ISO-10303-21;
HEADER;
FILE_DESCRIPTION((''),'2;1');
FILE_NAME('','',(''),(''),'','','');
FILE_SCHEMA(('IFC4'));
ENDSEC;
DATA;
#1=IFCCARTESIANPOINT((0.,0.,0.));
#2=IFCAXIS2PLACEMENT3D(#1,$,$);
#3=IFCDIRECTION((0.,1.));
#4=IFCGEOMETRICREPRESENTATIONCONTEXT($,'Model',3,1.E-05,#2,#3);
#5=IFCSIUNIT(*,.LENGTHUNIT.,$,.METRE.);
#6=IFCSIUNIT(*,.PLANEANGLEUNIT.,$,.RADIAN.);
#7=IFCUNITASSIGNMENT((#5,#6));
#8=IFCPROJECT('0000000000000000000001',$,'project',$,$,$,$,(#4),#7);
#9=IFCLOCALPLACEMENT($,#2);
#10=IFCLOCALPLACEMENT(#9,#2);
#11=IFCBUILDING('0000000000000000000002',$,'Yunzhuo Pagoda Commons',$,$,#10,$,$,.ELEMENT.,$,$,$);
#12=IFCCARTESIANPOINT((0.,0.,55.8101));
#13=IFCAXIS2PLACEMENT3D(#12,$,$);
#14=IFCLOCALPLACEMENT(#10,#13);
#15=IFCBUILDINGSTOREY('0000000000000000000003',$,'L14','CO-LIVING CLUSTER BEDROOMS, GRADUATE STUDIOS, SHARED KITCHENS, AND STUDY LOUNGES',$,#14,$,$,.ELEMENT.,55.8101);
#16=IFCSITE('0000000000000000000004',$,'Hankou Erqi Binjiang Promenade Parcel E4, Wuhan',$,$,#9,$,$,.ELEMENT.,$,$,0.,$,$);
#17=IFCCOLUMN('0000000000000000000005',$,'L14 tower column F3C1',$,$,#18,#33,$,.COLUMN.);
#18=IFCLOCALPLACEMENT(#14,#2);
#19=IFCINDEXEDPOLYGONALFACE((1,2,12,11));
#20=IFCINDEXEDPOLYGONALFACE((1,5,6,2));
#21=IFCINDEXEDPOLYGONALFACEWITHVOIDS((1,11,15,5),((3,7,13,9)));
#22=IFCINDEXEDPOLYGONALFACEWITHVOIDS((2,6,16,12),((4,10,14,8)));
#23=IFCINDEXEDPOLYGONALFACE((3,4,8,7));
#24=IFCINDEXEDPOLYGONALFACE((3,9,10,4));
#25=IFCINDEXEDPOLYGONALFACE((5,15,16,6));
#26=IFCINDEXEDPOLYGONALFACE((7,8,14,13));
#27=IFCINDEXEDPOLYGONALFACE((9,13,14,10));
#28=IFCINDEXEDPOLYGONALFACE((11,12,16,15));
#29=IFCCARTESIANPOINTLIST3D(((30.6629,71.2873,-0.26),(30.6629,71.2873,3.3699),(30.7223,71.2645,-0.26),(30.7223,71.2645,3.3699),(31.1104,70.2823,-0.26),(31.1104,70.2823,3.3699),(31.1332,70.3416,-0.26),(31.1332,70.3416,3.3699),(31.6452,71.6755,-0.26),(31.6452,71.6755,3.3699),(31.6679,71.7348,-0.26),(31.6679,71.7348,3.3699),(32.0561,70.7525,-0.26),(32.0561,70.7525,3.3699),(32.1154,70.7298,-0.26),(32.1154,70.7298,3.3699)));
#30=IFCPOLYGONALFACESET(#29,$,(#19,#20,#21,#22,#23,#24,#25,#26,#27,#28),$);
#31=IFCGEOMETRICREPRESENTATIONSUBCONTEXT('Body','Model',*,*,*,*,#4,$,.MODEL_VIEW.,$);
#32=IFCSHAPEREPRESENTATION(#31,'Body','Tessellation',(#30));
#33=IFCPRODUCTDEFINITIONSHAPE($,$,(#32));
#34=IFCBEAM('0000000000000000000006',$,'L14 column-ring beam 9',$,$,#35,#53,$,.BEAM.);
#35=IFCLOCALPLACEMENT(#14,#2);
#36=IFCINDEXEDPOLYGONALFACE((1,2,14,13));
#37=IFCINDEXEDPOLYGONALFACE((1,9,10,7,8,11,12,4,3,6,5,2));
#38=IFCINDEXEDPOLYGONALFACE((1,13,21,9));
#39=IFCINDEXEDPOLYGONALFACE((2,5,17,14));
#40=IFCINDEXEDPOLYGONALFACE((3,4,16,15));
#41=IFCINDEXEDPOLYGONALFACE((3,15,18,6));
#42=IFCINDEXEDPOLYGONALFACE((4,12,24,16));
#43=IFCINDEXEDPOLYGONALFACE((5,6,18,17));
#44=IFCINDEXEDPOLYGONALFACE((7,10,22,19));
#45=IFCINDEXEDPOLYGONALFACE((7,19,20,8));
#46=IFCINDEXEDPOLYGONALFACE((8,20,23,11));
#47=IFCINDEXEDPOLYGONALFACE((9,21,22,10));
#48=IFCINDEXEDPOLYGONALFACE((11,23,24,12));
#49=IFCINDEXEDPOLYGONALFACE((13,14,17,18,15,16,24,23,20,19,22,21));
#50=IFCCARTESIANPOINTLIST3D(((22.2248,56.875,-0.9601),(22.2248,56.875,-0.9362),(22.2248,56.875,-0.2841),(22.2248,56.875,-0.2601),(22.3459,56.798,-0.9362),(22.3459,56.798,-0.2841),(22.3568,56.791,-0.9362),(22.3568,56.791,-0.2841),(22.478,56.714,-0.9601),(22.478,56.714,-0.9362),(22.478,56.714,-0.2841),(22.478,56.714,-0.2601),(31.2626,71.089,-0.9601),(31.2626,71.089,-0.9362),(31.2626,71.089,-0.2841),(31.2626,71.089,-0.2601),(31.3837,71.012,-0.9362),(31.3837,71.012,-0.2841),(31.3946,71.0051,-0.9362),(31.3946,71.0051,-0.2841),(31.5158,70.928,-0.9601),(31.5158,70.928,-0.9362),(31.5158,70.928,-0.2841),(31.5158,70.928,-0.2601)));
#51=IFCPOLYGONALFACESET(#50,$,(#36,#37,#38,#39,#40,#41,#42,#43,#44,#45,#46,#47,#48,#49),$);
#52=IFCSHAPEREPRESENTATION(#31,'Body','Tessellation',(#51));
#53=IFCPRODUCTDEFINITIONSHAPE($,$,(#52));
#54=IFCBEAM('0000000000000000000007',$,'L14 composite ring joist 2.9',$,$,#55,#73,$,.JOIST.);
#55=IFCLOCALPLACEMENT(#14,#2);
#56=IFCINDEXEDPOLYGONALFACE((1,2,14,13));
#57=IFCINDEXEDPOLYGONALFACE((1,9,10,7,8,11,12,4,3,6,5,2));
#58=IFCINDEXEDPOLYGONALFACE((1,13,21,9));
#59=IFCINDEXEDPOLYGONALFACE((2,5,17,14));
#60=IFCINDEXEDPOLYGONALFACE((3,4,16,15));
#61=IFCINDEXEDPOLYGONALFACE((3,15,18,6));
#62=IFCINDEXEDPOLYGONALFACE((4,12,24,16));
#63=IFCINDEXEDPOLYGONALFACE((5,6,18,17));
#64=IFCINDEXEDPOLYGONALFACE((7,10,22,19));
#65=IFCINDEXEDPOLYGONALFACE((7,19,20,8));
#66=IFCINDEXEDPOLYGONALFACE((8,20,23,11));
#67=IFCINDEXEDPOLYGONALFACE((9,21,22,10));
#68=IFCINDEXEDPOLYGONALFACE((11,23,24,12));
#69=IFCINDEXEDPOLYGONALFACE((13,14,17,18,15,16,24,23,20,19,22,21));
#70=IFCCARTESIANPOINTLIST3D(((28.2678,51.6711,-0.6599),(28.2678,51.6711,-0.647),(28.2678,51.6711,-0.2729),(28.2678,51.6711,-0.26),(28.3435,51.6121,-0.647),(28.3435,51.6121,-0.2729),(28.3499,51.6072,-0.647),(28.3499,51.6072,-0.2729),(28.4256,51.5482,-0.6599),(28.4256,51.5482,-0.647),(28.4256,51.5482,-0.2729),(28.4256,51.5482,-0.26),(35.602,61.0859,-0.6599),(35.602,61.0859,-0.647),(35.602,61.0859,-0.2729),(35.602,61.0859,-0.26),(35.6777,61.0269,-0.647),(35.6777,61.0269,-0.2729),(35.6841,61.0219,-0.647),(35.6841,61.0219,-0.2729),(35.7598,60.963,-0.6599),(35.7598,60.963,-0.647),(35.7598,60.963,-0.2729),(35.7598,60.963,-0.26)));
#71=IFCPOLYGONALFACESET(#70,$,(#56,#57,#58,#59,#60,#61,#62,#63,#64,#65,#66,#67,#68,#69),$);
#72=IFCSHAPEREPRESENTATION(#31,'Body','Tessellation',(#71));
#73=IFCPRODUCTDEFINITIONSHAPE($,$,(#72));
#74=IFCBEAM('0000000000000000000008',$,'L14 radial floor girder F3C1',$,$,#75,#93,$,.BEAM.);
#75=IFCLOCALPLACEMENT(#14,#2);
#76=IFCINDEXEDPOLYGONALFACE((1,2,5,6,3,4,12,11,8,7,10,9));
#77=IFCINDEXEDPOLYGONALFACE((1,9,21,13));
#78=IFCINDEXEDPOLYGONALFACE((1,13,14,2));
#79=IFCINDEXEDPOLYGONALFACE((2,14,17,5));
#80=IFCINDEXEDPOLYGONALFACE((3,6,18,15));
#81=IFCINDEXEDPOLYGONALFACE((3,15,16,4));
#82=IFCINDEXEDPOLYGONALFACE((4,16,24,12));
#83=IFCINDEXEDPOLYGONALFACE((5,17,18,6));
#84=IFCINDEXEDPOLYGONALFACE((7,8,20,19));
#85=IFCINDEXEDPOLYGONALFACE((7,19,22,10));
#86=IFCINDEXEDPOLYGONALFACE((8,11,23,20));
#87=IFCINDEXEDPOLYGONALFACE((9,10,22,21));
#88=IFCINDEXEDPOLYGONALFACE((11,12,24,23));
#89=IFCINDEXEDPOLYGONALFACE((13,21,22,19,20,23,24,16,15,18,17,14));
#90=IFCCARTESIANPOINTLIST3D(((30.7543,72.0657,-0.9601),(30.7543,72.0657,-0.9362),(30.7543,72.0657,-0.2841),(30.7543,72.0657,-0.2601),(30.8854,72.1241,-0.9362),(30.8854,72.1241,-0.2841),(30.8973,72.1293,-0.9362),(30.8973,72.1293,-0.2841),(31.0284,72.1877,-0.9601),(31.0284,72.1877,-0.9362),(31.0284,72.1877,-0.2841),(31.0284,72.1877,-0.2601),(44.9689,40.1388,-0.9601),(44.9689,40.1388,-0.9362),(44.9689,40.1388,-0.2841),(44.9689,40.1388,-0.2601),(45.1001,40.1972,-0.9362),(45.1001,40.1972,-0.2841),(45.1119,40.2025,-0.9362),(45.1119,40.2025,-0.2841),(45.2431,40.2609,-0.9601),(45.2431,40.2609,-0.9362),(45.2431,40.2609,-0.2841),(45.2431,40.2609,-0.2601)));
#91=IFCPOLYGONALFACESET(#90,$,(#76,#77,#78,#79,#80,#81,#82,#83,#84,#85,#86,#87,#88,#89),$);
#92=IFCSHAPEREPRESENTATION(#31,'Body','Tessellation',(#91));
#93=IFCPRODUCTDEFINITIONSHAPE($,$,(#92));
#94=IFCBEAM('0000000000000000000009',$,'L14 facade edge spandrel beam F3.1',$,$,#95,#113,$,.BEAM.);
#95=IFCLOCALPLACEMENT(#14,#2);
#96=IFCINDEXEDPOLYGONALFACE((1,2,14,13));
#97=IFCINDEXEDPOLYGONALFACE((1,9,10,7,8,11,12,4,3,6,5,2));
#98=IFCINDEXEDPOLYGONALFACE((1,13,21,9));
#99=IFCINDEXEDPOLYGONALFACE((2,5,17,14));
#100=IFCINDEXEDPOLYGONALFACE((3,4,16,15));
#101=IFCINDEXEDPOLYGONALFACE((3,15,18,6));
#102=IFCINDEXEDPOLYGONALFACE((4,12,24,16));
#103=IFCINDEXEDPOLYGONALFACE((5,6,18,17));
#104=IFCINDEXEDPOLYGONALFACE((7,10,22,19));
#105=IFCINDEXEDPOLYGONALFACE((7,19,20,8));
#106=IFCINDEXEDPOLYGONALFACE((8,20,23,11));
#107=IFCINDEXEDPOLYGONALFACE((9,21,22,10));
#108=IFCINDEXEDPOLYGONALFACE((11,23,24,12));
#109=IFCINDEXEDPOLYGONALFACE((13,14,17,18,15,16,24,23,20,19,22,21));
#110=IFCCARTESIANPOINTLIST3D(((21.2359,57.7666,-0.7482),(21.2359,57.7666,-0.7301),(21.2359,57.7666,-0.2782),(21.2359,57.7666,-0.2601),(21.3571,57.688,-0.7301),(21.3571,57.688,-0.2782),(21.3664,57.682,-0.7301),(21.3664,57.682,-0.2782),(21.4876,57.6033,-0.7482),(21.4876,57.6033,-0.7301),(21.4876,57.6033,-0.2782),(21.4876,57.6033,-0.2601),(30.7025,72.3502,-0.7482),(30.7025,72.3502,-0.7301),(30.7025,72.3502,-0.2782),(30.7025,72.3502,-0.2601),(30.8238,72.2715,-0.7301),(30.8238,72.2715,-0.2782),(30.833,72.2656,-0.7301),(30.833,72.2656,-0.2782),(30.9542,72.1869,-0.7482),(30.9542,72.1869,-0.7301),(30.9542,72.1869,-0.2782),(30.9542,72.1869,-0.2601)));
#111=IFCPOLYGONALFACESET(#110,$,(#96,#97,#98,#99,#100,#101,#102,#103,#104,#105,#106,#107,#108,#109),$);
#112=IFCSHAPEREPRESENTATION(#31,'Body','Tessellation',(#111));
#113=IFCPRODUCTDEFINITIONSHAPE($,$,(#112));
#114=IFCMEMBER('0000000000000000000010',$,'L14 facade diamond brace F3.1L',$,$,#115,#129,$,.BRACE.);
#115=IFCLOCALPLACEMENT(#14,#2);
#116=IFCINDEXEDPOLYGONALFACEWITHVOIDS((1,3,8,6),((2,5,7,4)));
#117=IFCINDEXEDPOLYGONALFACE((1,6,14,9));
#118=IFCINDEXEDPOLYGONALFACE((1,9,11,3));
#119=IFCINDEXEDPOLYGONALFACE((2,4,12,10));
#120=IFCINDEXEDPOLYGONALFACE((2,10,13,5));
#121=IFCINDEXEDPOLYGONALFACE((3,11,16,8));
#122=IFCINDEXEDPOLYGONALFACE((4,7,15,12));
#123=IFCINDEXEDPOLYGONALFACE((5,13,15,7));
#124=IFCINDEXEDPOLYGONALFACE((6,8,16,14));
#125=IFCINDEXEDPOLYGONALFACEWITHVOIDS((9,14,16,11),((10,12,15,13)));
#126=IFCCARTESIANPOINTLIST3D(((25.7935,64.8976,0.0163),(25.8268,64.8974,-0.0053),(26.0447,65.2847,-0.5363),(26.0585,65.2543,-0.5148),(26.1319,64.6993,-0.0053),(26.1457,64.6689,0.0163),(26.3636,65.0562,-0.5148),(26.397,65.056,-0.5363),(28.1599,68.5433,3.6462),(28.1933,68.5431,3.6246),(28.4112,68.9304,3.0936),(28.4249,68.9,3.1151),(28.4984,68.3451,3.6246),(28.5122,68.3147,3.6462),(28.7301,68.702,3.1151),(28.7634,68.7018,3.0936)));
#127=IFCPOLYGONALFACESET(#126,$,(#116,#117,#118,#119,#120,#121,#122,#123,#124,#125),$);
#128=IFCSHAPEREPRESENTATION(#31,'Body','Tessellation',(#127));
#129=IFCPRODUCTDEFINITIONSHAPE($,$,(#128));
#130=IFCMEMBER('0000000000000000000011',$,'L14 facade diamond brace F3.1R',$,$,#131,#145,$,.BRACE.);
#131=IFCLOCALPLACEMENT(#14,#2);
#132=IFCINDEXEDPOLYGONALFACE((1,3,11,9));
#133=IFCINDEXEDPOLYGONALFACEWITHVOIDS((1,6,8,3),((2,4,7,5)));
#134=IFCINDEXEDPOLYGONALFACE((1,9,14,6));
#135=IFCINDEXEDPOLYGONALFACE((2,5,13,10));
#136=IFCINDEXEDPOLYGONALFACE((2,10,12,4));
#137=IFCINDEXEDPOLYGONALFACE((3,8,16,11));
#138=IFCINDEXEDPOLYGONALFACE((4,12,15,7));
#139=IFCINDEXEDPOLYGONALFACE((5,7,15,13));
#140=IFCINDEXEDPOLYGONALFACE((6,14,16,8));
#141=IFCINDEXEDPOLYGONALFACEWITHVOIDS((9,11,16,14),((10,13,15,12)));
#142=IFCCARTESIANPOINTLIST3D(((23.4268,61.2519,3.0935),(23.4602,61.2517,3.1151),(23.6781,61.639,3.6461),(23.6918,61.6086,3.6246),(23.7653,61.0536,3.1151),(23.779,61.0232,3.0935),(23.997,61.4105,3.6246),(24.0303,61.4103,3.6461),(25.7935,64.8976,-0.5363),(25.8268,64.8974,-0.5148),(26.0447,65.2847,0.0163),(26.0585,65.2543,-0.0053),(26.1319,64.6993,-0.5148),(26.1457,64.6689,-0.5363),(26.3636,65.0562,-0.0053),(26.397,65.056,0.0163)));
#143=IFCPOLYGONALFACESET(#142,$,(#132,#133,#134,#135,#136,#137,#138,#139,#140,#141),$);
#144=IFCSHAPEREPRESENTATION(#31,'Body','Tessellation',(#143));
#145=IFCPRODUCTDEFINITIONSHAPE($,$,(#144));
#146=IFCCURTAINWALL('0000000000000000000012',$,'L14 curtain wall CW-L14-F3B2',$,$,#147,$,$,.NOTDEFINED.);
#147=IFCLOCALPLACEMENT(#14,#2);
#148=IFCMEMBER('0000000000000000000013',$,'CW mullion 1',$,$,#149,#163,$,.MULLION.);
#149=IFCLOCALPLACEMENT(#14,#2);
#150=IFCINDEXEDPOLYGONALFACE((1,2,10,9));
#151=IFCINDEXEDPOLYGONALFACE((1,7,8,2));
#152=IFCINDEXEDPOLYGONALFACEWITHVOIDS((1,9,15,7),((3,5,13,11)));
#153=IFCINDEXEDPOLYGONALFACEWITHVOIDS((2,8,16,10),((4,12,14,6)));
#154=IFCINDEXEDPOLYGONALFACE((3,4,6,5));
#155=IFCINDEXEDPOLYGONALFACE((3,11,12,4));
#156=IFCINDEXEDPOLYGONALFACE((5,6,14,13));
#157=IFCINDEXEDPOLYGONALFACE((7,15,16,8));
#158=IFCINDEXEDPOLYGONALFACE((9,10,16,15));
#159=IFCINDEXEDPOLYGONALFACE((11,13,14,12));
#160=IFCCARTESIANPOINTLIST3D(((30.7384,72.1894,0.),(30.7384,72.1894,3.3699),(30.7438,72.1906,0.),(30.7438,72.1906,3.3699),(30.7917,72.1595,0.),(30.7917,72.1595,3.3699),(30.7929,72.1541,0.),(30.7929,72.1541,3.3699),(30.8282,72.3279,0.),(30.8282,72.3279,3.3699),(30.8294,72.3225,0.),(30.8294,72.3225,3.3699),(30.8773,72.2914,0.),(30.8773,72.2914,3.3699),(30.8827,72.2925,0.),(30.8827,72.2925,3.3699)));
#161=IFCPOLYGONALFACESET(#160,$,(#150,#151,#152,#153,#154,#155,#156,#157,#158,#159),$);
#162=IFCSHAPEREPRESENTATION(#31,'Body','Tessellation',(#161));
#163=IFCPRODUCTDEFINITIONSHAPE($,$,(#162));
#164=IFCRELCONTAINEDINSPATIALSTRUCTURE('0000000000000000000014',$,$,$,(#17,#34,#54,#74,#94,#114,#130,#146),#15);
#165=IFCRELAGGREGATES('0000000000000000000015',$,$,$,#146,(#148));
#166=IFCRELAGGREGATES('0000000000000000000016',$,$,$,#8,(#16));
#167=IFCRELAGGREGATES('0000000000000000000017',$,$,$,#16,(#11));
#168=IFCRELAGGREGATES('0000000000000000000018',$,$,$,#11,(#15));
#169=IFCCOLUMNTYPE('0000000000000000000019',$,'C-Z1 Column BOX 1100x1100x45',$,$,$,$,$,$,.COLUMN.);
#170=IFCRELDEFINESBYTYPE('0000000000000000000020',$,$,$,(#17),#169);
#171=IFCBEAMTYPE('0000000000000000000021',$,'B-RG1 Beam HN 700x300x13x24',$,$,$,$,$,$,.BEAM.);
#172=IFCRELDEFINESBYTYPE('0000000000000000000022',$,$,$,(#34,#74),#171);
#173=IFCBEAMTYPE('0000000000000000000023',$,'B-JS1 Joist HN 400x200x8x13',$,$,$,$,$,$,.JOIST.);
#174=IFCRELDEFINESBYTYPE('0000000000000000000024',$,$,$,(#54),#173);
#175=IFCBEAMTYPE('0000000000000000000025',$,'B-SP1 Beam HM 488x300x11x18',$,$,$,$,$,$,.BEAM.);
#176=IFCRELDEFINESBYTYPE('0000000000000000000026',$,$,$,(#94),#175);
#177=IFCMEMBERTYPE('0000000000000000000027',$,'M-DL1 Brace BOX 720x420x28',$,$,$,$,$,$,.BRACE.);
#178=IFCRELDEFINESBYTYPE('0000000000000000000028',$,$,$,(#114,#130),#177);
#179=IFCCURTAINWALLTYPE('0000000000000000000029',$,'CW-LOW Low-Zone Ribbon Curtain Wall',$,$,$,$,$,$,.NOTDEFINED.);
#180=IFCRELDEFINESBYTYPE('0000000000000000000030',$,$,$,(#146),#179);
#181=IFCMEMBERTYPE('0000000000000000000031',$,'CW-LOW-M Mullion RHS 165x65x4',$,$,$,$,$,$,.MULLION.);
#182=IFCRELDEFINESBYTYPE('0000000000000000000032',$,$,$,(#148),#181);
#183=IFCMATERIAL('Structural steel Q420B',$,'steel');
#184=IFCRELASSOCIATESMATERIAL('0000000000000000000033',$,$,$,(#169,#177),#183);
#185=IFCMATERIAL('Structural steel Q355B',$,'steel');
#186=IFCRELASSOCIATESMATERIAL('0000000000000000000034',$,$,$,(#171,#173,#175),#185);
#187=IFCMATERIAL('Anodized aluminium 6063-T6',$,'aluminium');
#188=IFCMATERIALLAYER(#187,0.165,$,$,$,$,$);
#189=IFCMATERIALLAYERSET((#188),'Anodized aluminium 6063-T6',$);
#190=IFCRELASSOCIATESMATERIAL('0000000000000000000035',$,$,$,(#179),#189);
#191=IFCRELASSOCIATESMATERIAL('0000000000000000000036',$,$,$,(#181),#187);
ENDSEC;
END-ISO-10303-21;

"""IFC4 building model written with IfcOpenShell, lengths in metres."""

from ifc_helpers import new_model, si_unit, direction, frame, origin, origin_2d, place, context, subcontext, project, spatial, hollow_rectangle, i_section, extrude, source, transform, mapped, material, layer, layer_set, material_profile, profile_set, type_object, element, aggregate, save


model = new_model("IFC4")

# Units and contexts
model_context = context("Model", 3, precision=1e-05, world=origin(), true_north=direction((0.0, 1.0)))
body_context = subcontext(model_context, "Body", "Model", "MODEL_VIEW")
ifc_project = project(units=[si_unit("LENGTHUNIT", "METRE"), si_unit("PLANEANGLEUNIT", "RADIAN")], contexts=[model_context])

# Site, building, storey
site_placement = place(None, origin())
site = spatial("IfcSite", under=ifc_project, at=site_placement, Name="Hankou Erqi Binjiang Promenade Parcel E4, Wuhan", CompositionType="ELEMENT", RefElevation=0.0)
building_placement = place(site_placement, origin())
building = spatial("IfcBuilding", under=site, at=building_placement, Name="Yunzhuo Pagoda Commons", CompositionType="ELEMENT")
storey_placement = place(building_placement, frame((0.0, 0.0, 55.8101)))
storey = spatial("IfcBuildingStorey", under=building, at=storey_placement, Name="L14", Description="CO-LIVING CLUSTER BEDROOMS, GRADUATE STUDIOS, SHARED KITCHENS, AND STUDY LOUNGES", CompositionType="ELEMENT", Elevation=55.8101)

# Column
ifc_material_1 = material(Name="Structural steel Q420B", Category="steel")
ifc_material_profile_1 = material_profile(ifc_material_1, hollow_rectangle(XDim=1.1001, YDim=1.1001, WallThickness=0.0449, at=origin_2d()), Name="Structural steel Q420B")
ifc_profile_set_1 = profile_set([ifc_material_profile_1], Name="Structural steel Q420B")
column_type = type_object("IfcColumnType", Name="C-Z1 Column BOX 1100x1100x45", PredefinedType="COLUMN", material=ifc_profile_set_1)
shared_shape_1 = source(origin(), body_context, "Body", "SweptSolid", [
    extrude(hollow_rectangle(XDim=1.1001, YDim=1.1001, WallThickness=0.0449, at=origin_2d()), origin(), (0.0, 0.0, 1.0), 3.6299),
])
column_placement = place(storey_placement, frame((31.3892, 71.0085, -0.26), z_axis=(0.0, 0.0, 1.0), x_axis=(-0.913545, -0.406737, 0.0)))
element("IfcColumn", 1, at=column_placement, inside=storey, type_object=column_type, Name="L14 tower column F3C1", PredefinedType="COLUMN", context=body_context, shape_type="MappedRepresentation", body=[
    mapped(shared_shape_1, transform((0.0, 0.0, 0.0), scale=1.0)),
])

# Beams
ifc_material_2 = material(Name="Structural steel Q355B", Category="steel")
ifc_material_profile_2 = material_profile(ifc_material_2, i_section(OverallWidth=0.3, OverallDepth=0.7, WebThickness=0.0129, FlangeThickness=0.0239, at=origin_2d()), Name="Structural steel Q355B")
ifc_profile_set_2 = profile_set([ifc_material_profile_2], Name="Structural steel Q355B")
beam_type_1 = type_object("IfcBeamType", Name="B-RG1 Beam HN 700x300x13x24", PredefinedType="BEAM", material=ifc_profile_set_2)
shared_shape_2 = source(origin(), body_context, "Body", "SweptSolid", [
    extrude(i_section(OverallWidth=0.3, OverallDepth=0.7, WebThickness=0.0129, FlangeThickness=0.0239, at=origin_2d()), origin(), (0.0, 0.0, 1.0), 16.844),
])
beam_1_placement = place(storey_placement, frame((31.3892, 71.0085, -0.6101), z_axis=(-0.536558, -0.843863, 0.0), x_axis=(0.843863, -0.536558, 0.0)))
element("IfcBeam", 2, at=beam_1_placement, inside=storey, type_object=beam_type_1, Name="L14 column-ring beam 9", PredefinedType="BEAM", context=body_context, shape_type="MappedRepresentation", body=[
    mapped(shared_shape_2, transform((0.0, 0.0, 0.0), scale=1.0)),
])
ifc_material_profile_3 = material_profile(ifc_material_2, i_section(OverallWidth=0.2, OverallDepth=0.3999, WebThickness=0.0081, FlangeThickness=0.0129, at=origin_2d()), Name="Structural steel Q355B")
ifc_profile_set_3 = profile_set([ifc_material_profile_3], Name="Structural steel Q355B")
beam_type_2 = type_object("IfcBeamType", Name="B-JS1 Joist HN 400x200x8x13", PredefinedType="JOIST", material=ifc_profile_set_3)
shared_shape_3 = source(origin(), body_context, "Body", "SweptSolid", [
    extrude(i_section(OverallWidth=0.2, OverallDepth=0.3999, WebThickness=0.0081, FlangeThickness=0.0129, at=origin_2d()), origin(), (0.0, 0.0, 1.0), 11.9343),
])
beam_2_placement = place(storey_placement, frame((35.6809, 61.0244, -0.46), z_axis=(-0.614547, -0.788881, 0.0), x_axis=(0.788881, -0.614547, 0.0)))
element("IfcBeam", 3, at=beam_2_placement, inside=storey, type_object=beam_type_2, Name="L14 composite ring joist 2.9", PredefinedType="JOIST", context=body_context, shape_type="MappedRepresentation", body=[
    mapped(shared_shape_3, transform((0.0, 0.0, 0.0), scale=1.0)),
])
shared_shape_4 = source(origin(), body_context, "Body", "SweptSolid", [
    extrude(i_section(OverallWidth=0.3, OverallDepth=0.7, WebThickness=0.0129, FlangeThickness=0.0239, at=origin_2d()), origin(), (0.0, 0.0, 1.0), 34.9482),
])
beam_3_placement = place(storey_placement, frame((30.8914, 72.1267, -0.6101), z_axis=(0.406734, -0.913547, 0.0), x_axis=(0.913547, 0.406734, 0.0)))
element("IfcBeam", 4, at=beam_3_placement, inside=storey, type_object=beam_type_1, Name="L14 radial floor girder F3C1", PredefinedType="BEAM", context=body_context, shape_type="MappedRepresentation", body=[
    mapped(shared_shape_4, transform((0.0, 0.0, 0.0), scale=1.0)),
])
ifc_material_profile_4 = material_profile(ifc_material_2, i_section(OverallWidth=0.3, OverallDepth=0.488, WebThickness=0.011, FlangeThickness=0.0181, at=origin_2d()), Name="Structural steel Q355B")
ifc_profile_set_4 = profile_set([ifc_material_profile_4], Name="Structural steel Q355B")
beam_type_3 = type_object("IfcBeamType", Name="B-SP1 Beam HM 488x300x11x18", PredefinedType="BEAM", material=ifc_profile_set_4)
shared_shape_5 = source(origin(), body_context, "Body", "SweptSolid", [
    extrude(i_section(OverallWidth=0.3, OverallDepth=0.488, WebThickness=0.011, FlangeThickness=0.0181, at=origin_2d()), origin(), (0.0, 0.0, 1.0), 17.3867),
])
beam_4_placement = place(storey_placement, frame((30.8284, 72.2686, -0.5042), z_axis=(-0.544474, -0.838778, 0.0), x_axis=(0.838778, -0.544474, 0.0)))
element("IfcBeam", 5, at=beam_4_placement, inside=storey, type_object=beam_type_3, Name="L14 facade edge spandrel beam F3.1", PredefinedType="BEAM", context=body_context, shape_type="MappedRepresentation", body=[
    mapped(shared_shape_5, transform((0.0, 0.0, 0.0), scale=1.0)),
])

# Members
ifc_material_profile_5 = material_profile(ifc_material_1, hollow_rectangle(XDim=0.4199, YDim=0.72, WallThickness=0.0281, at=origin_2d()), Name="Structural steel Q420B")
ifc_profile_set_5 = profile_set([ifc_material_profile_5], Name="Structural steel Q420B")
member_type_1 = type_object("IfcMemberType", Name="M-DL1 Brace BOX 720x420x28", PredefinedType="BRACE", material=ifc_profile_set_5)
shared_shape_6 = source(origin(), body_context, "Body", "SweptSolid", [
    extrude(hollow_rectangle(XDim=0.4199, YDim=0.72, WallThickness=0.0281, at=origin_2d()), origin(), (0.0, 0.0, 1.0), 5.6628),
])
for number, where, z_axis, x_axis, name in (
    (6, (26.0952, 64.9768, -0.26), (0.417893, 0.643804, 0.641001), (-0.838789, 0.544457, 0.0), "L14 facade diamond brace F3.1L"),
    (7, (26.0952, 64.9768, -0.26), (-0.417928, -0.643792, 0.64099), (0.838763, -0.544497, 0.0), "L14 facade diamond brace F3.1R"),
):
    element("IfcMember", number, at=place(storey_placement, frame(where, z_axis=z_axis, x_axis=x_axis)), inside=storey, type_object=member_type_1, Name=name, PredefinedType="BRACE", context=body_context, shape_type="MappedRepresentation", body=[
        mapped(shared_shape_6, transform((0.0, 0.0, 0.0), scale=1.0)),
    ])

# Curtain wall, member
ifc_material_3 = material(Name="Anodized aluminium 6063-T6", Category="aluminium")
ifc_layer_1 = layer(ifc_material_3, 0.165)
ifc_layer_set_1 = layer_set([ifc_layer_1], Name="Anodized aluminium 6063-T6")
curtain_wall_type = type_object("IfcCurtainWallType", Name="CW-LOW Low-Zone Ribbon Curtain Wall", PredefinedType="NOTDEFINED", material=ifc_layer_set_1)
curtain_wall_1_placement = place(storey_placement, origin())
curtain_wall_1 = element("IfcCurtainWall", 8, at=curtain_wall_1_placement, inside=storey, type_object=curtain_wall_type, Name="L14 curtain wall CW-L14-F3B2", PredefinedType="NOTDEFINED")
ifc_material_profile_6 = material_profile(ifc_material_3, hollow_rectangle(XDim=0.0649, YDim=0.165, WallThickness=0.0039, at=origin_2d()), Name="Anodized aluminium 6063-T6")
ifc_profile_set_6 = profile_set([ifc_material_profile_6], Name="Anodized aluminium 6063-T6")
member_type_2 = type_object("IfcMemberType", Name="CW-LOW-M Mullion RHS 165x65x4", PredefinedType="MULLION", material=ifc_profile_set_6)
shared_shape_7 = source(origin(), body_context, "Body", "SweptSolid", [
    extrude(hollow_rectangle(XDim=0.0649, YDim=0.165, WallThickness=0.0039, at=origin_2d()), origin(), (0.0, 0.0, 1.0), 3.3699),
])
member_1_placement = place(storey_placement, frame((30.8105, 72.241, 0.0), z_axis=(0.0, 0.0, 1.0), x_axis=(0.838777, -0.544476, 0.0)))
member_1 = element("IfcMember", 9, at=member_1_placement, type_object=member_type_2, Name="CW mullion 1", PredefinedType="MULLION", context=body_context, shape_type="MappedRepresentation", body=[
    mapped(shared_shape_7, transform((0.0, 0.0, 0.0), scale=1.0)),
])

aggregate(curtain_wall_1, [member_1])

save(model, "model.ifc")
